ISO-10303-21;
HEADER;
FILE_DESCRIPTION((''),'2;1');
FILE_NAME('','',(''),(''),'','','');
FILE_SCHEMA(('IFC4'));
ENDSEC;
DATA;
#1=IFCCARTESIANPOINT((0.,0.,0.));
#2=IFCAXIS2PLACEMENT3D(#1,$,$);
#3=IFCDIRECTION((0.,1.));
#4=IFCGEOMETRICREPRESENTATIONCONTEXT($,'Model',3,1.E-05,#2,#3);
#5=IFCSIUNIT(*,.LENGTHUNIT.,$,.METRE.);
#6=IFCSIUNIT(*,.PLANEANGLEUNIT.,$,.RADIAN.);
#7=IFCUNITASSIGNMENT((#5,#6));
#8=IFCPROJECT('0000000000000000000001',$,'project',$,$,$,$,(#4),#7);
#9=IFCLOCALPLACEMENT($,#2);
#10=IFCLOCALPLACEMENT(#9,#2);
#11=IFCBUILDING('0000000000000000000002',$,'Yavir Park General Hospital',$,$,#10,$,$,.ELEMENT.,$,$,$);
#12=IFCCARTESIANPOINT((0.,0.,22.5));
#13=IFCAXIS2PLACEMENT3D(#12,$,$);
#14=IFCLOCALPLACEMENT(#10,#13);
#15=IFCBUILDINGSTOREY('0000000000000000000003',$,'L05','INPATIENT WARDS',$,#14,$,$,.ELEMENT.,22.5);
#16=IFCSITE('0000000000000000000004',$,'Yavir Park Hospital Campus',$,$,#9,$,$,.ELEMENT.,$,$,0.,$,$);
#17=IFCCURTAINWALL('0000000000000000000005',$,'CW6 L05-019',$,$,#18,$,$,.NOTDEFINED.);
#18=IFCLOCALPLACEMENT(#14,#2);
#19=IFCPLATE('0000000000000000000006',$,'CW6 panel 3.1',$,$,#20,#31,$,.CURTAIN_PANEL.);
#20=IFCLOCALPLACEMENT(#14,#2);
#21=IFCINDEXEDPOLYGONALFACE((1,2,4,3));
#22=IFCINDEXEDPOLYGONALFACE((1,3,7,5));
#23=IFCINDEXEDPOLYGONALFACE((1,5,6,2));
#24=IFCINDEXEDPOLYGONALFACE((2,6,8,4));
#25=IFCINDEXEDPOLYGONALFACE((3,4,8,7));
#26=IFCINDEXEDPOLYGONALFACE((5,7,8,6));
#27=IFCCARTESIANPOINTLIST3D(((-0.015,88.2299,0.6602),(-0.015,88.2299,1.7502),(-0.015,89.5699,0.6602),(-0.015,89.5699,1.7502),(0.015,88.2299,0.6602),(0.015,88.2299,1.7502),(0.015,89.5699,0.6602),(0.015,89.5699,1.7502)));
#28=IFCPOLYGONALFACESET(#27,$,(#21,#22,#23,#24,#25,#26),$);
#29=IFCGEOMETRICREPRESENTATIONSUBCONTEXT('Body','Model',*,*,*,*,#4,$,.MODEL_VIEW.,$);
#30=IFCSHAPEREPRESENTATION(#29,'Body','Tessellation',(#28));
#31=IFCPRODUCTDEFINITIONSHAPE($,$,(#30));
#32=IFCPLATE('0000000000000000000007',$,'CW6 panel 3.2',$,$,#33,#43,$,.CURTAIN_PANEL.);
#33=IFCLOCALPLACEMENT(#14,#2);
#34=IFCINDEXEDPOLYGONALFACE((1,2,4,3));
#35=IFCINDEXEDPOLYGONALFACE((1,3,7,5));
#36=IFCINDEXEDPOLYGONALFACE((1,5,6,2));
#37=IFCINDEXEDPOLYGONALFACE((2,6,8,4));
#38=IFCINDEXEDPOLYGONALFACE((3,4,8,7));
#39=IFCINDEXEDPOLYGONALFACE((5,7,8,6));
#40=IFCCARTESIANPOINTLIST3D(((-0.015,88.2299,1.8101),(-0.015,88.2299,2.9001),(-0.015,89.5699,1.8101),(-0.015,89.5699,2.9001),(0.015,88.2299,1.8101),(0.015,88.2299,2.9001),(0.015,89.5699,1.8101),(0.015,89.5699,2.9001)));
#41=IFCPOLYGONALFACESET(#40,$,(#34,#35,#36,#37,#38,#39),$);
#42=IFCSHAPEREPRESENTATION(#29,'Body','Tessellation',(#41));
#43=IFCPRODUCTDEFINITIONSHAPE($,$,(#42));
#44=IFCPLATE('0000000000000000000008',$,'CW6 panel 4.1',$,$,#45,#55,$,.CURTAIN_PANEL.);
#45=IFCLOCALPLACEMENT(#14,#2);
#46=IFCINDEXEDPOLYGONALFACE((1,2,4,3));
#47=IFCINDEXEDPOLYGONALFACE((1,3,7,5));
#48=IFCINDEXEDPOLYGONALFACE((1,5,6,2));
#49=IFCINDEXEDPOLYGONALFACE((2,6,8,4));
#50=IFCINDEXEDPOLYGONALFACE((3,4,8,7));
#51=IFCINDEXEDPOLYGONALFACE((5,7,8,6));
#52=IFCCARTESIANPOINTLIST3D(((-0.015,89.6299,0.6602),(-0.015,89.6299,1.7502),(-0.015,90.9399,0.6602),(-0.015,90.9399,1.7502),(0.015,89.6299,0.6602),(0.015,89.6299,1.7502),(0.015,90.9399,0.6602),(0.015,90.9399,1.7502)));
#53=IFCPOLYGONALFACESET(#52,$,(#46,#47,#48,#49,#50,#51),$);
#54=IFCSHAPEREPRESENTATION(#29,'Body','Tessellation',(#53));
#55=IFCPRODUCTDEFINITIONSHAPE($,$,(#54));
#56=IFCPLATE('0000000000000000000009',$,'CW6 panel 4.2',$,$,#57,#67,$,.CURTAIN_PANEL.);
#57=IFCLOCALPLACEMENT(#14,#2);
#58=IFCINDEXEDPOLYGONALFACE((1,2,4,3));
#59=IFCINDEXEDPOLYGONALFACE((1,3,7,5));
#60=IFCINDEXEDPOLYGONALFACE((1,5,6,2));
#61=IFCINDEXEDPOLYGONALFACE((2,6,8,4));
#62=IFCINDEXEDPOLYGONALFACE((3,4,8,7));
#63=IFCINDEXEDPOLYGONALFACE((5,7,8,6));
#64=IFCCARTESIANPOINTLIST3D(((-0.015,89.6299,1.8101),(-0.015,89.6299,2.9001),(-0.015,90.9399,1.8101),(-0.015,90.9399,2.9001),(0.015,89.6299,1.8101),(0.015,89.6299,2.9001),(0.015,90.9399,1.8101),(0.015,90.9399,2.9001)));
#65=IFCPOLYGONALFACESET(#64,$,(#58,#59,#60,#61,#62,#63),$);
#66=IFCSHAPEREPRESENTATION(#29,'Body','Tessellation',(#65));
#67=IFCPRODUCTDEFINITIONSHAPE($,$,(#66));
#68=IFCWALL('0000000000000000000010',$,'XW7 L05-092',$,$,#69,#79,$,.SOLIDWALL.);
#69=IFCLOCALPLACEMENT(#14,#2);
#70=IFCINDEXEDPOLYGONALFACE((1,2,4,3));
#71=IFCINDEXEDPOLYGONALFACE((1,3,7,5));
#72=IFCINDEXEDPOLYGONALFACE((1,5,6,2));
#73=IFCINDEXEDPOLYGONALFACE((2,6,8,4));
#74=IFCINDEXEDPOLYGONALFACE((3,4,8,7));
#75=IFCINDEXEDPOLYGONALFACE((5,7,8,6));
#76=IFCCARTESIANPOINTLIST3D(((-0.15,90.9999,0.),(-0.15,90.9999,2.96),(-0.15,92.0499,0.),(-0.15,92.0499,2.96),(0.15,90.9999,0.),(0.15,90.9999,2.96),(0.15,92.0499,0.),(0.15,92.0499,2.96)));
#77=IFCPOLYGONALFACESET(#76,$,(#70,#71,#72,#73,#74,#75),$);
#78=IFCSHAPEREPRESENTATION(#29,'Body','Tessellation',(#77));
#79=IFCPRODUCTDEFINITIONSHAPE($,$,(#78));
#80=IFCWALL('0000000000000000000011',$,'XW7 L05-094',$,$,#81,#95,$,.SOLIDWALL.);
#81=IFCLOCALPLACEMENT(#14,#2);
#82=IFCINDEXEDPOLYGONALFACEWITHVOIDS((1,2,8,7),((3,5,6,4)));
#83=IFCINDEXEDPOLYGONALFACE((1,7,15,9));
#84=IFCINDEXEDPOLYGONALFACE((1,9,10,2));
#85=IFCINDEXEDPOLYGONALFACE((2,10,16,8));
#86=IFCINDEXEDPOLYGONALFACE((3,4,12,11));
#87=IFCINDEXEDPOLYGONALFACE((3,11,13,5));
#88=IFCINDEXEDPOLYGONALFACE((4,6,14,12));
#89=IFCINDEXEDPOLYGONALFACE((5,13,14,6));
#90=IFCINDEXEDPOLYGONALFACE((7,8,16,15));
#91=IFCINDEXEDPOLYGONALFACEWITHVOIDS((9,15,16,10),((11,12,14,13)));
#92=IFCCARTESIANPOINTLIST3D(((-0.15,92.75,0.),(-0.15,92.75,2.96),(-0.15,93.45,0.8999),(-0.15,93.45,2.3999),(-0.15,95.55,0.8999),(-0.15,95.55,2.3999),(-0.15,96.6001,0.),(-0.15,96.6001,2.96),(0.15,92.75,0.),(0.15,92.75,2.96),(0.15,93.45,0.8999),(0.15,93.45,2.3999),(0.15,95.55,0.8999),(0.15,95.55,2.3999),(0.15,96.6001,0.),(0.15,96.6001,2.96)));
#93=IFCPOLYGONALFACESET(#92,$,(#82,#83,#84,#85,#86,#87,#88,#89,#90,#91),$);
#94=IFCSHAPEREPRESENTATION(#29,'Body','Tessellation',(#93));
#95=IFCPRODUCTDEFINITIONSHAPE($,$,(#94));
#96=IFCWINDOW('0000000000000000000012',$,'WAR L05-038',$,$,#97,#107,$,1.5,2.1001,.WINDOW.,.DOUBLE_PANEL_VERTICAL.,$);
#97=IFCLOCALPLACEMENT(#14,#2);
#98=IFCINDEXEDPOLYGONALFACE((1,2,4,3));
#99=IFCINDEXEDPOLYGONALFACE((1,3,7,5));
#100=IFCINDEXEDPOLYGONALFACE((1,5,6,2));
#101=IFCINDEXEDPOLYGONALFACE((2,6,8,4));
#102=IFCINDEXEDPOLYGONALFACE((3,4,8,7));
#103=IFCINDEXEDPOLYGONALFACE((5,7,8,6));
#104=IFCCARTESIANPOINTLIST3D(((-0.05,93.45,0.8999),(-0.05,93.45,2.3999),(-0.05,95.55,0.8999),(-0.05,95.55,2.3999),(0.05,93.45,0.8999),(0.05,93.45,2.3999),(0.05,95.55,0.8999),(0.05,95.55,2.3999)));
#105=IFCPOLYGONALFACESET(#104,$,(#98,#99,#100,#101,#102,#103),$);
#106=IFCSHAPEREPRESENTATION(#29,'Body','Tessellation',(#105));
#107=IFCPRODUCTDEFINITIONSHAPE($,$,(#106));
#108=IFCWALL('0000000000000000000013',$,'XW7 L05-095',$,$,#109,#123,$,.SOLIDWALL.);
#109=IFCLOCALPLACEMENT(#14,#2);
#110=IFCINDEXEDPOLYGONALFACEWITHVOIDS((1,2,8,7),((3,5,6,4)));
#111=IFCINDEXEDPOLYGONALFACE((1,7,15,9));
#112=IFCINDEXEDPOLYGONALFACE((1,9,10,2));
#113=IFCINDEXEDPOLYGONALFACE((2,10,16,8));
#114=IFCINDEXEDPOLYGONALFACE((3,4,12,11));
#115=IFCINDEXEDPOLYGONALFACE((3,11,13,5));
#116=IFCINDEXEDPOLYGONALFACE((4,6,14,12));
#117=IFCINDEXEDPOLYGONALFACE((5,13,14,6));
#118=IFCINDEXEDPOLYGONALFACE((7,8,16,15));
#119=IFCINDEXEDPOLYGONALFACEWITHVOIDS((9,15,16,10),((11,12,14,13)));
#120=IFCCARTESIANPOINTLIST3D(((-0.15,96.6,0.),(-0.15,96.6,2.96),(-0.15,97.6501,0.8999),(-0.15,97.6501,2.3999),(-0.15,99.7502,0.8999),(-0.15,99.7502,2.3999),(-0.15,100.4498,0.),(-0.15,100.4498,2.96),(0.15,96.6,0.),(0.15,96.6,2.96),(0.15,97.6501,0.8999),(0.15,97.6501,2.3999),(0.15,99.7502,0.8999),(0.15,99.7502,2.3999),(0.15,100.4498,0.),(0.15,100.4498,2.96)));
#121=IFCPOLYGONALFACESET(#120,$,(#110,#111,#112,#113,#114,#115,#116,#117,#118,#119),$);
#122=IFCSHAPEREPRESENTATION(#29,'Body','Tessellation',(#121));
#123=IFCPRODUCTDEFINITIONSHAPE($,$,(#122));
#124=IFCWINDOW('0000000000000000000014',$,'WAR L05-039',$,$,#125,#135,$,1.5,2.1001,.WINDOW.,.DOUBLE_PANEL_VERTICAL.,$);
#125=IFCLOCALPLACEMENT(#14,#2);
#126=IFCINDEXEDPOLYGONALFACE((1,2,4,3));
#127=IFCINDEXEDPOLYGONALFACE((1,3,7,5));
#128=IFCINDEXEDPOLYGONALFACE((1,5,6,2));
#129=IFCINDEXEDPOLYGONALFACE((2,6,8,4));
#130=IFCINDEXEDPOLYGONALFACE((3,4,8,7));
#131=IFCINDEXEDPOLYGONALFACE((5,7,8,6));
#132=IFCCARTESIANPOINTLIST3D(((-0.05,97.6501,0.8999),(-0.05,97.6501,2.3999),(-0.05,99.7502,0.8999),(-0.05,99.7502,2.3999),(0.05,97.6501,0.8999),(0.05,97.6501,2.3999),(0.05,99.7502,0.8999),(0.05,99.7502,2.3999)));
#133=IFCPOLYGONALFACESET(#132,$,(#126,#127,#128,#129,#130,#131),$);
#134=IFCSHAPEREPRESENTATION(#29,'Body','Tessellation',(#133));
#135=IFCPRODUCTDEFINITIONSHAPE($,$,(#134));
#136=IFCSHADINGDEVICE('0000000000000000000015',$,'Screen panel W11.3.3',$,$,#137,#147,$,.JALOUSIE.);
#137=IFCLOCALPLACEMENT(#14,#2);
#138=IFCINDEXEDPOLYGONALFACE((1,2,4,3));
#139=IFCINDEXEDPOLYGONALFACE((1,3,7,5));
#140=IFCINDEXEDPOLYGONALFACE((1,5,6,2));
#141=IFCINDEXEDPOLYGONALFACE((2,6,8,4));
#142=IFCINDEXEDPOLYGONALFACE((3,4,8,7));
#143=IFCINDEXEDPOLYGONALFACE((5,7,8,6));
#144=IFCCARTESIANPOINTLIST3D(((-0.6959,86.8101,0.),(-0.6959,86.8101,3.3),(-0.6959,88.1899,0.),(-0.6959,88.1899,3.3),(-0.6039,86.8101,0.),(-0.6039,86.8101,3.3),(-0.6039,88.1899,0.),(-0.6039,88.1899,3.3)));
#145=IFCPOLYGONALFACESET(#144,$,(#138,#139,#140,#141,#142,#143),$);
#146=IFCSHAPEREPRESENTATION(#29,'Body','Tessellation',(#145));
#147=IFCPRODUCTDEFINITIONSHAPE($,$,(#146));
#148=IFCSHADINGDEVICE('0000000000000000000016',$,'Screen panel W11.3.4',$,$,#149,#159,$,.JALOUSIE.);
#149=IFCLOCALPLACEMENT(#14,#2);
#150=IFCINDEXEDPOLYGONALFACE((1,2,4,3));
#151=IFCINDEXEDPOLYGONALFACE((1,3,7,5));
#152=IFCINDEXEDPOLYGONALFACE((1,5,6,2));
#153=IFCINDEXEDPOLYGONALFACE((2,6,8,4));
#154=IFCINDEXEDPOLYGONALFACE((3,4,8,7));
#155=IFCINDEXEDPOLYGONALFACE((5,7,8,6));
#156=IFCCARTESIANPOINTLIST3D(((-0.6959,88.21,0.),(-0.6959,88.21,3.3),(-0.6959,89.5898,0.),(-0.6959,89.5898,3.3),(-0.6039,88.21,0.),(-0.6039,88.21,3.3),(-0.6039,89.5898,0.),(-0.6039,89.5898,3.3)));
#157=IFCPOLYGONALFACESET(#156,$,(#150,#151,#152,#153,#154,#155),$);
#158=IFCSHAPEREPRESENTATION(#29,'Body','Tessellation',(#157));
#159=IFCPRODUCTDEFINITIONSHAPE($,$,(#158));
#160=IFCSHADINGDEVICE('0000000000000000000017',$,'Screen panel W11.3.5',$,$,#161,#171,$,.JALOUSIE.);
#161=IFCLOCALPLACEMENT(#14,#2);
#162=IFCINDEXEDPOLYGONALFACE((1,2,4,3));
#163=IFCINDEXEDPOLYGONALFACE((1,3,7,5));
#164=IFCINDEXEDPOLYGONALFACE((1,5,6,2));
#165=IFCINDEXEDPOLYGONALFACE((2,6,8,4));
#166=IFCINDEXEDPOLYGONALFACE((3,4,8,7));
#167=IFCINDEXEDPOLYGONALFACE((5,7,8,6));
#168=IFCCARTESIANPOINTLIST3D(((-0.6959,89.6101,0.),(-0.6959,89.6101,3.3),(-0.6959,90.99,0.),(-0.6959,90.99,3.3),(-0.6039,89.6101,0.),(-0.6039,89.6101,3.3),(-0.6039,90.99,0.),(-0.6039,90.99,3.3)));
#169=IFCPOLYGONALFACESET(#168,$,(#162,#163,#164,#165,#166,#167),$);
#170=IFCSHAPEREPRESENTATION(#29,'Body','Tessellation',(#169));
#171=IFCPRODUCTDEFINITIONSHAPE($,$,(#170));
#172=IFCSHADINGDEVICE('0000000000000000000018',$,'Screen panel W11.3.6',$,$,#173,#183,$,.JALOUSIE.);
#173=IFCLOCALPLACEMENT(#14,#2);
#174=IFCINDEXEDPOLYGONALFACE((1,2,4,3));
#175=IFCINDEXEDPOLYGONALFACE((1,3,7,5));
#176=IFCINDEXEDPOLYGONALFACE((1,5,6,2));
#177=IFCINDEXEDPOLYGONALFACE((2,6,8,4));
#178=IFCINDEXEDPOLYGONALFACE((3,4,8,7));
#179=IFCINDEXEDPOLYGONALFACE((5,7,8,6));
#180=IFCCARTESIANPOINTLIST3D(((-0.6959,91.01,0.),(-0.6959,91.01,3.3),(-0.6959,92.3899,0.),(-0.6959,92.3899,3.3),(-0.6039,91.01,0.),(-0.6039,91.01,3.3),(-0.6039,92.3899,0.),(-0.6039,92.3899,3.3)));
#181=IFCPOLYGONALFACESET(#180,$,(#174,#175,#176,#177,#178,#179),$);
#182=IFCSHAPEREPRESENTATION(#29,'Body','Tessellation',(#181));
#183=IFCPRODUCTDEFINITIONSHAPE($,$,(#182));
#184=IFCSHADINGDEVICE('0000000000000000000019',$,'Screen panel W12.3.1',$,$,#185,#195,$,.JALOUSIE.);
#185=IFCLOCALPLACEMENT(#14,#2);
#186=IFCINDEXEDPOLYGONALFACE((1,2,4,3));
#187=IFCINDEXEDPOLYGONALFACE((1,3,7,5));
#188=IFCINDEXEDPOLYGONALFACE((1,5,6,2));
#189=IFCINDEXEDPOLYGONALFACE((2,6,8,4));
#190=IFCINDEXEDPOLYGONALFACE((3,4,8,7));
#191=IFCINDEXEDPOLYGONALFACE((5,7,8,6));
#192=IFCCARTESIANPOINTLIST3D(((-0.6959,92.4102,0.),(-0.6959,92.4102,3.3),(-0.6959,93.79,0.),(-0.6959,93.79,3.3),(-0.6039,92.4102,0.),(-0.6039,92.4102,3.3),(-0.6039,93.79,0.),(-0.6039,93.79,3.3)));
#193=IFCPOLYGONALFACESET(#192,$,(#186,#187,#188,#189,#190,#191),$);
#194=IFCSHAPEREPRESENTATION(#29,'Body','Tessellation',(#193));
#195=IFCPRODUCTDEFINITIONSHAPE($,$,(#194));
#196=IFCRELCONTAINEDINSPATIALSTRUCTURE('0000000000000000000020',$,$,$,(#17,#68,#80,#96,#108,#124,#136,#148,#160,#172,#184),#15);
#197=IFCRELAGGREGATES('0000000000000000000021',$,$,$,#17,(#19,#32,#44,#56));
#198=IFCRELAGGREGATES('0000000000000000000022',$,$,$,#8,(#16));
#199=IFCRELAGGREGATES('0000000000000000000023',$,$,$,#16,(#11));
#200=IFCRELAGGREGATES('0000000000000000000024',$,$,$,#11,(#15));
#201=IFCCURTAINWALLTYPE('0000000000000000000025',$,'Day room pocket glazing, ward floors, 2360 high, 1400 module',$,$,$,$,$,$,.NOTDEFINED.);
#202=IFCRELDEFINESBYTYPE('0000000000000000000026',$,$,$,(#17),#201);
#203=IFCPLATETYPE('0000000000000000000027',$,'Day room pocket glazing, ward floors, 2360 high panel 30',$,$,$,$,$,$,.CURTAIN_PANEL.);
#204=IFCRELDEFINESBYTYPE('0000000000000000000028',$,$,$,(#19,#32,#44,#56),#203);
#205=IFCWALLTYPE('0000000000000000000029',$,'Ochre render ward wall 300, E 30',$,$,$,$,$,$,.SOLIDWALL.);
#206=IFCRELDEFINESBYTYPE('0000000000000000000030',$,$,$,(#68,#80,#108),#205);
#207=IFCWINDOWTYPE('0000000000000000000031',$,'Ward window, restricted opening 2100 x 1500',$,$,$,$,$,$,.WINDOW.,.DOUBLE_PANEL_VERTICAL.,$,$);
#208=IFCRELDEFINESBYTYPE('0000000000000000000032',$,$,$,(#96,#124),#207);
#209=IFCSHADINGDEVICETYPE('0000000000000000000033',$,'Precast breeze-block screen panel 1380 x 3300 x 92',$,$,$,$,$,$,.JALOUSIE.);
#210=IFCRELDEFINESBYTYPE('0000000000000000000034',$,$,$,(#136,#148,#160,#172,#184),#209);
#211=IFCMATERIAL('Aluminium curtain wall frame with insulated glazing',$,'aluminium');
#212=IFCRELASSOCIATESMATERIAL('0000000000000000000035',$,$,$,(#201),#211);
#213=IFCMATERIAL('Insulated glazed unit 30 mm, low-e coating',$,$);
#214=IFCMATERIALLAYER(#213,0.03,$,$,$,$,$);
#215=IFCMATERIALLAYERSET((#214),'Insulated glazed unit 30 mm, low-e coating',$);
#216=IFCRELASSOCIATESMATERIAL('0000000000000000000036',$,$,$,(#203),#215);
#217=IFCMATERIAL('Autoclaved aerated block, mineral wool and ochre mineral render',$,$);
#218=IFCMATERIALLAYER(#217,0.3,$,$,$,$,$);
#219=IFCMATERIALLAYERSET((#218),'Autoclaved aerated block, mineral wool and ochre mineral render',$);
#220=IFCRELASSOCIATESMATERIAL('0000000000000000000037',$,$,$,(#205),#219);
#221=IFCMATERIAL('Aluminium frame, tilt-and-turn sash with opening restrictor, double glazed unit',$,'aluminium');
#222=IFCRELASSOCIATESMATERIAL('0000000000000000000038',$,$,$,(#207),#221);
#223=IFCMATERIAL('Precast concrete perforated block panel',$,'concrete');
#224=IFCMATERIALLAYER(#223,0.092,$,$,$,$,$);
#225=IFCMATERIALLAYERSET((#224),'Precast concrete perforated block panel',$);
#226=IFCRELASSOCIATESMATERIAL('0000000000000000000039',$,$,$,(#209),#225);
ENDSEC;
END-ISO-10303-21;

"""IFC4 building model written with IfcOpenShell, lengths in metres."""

from ifc_helpers import new_model, si_unit, direction, frame, frame_2d, origin, origin_2d, place, context, subcontext, project, spatial, rectangle, extrude, material, layer, layer_set, type_object, element, fill, aggregate, save


model = new_model("IFC4")

# Units and contexts
model_context = context("Model", 3, precision=1e-05, world=origin(), true_north=direction((0.0, 1.0)))
body_context = subcontext(model_context, "Body", "Model", "MODEL_VIEW")
ifc_project = project(units=[si_unit("LENGTHUNIT", "METRE"), si_unit("PLANEANGLEUNIT", "RADIAN")], contexts=[model_context])

# Site, building, storey
site_placement = place(None, origin())
site = spatial("IfcSite", under=ifc_project, at=site_placement, Name="Yavir Park Hospital Campus", CompositionType="ELEMENT", RefElevation=0.0)
building_placement = place(site_placement, origin())
building = spatial("IfcBuilding", under=site, at=building_placement, Name="Yavir Park General Hospital", CompositionType="ELEMENT")
storey_placement = place(building_placement, frame((0.0, 0.0, 22.5)))
storey = spatial("IfcBuildingStorey", under=building, at=storey_placement, Name="L05", Description="INPATIENT WARDS", CompositionType="ELEMENT", Elevation=22.5)

# Curtain wall
ifc_material_1 = material(Name="Aluminium curtain wall frame with insulated glazing", Category="aluminium")
curtain_wall_type = type_object("IfcCurtainWallType", Name="Day room pocket glazing, ward floors, 2360 high, 1400 module", PredefinedType="NOTDEFINED", material=ifc_material_1)
curtain_wall_placement = place(storey_placement, origin())
curtain_wall = element("IfcCurtainWall", 1, at=curtain_wall_placement, inside=storey, type_object=curtain_wall_type, Name="CW6 L05-019", PredefinedType="NOTDEFINED")

# Plates
ifc_material_2 = material(Name="Insulated glazed unit 30 mm, low-e coating")
ifc_layer_1 = layer(ifc_material_2, 0.03)
ifc_layer_set_1 = layer_set([ifc_layer_1], Name="Insulated glazed unit 30 mm, low-e coating")
plate_type = type_object("IfcPlateType", Name="Day room pocket glazing, ward floors, 2360 high panel 30", PredefinedType="CURTAIN_PANEL", material=ifc_layer_set_1)
plate_1_placement = place(storey_placement, frame((0.0, 88.8999, 0.6602), z_axis=(0.0, 0.0, 1.0), x_axis=(0.0, 1.0, 0.0)))
plate_1 = element("IfcPlate", 2, at=plate_1_placement, type_object=plate_type, Name="CW6 panel 3.1", PredefinedType="CURTAIN_PANEL", context=body_context, shape_type="SweptSolid", body=[
    extrude(rectangle(XDim=1.3401, YDim=0.03, at=origin_2d()), origin(), (0.0, 0.0, 1.0), 1.0901),
])
plate_2_placement = place(storey_placement, frame((0.0, 88.8999, 1.8101), z_axis=(0.0, 0.0, 1.0), x_axis=(0.0, 1.0, 0.0)))
plate_2 = element("IfcPlate", 3, at=plate_2_placement, type_object=plate_type, Name="CW6 panel 3.2", PredefinedType="CURTAIN_PANEL", context=body_context, shape_type="SweptSolid", body=[
    extrude(rectangle(XDim=1.3401, YDim=0.03, at=origin_2d()), origin(), (0.0, 0.0, 1.0), 1.0901),
])
plate_3_placement = place(storey_placement, frame((0.0, 90.2849, 0.6602), z_axis=(0.0, 0.0, 1.0), x_axis=(0.0, 1.0, 0.0)))
plate_3 = element("IfcPlate", 4, at=plate_3_placement, type_object=plate_type, Name="CW6 panel 4.1", PredefinedType="CURTAIN_PANEL", context=body_context, shape_type="SweptSolid", body=[
    extrude(rectangle(XDim=1.3101, YDim=0.03, at=origin_2d()), origin(), (0.0, 0.0, 1.0), 1.0901),
])
plate_4_placement = place(storey_placement, frame((0.0, 90.2849, 1.8101), z_axis=(0.0, 0.0, 1.0), x_axis=(0.0, 1.0, 0.0)))
plate_4 = element("IfcPlate", 5, at=plate_4_placement, type_object=plate_type, Name="CW6 panel 4.2", PredefinedType="CURTAIN_PANEL", context=body_context, shape_type="SweptSolid", body=[
    extrude(rectangle(XDim=1.3101, YDim=0.03, at=origin_2d()), origin(), (0.0, 0.0, 1.0), 1.0901),
])
aggregate(curtain_wall, [plate_1, plate_2, plate_3, plate_4])

# Wall
ifc_material_3 = material(Name="Autoclaved aerated block, mineral wool and ochre mineral render")
ifc_layer_2 = layer(ifc_material_3, 0.3)
ifc_layer_set_2 = layer_set([ifc_layer_2], Name="Autoclaved aerated block, mineral wool and ochre mineral render")
wall_type = type_object("IfcWallType", Name="Ochre render ward wall 300, E 30", PredefinedType="SOLIDWALL", material=ifc_layer_set_2)
wall_1_placement = place(storey_placement, frame((0.0, 91.0, 0.0), z_axis=(0.0, 0.0, 1.0), x_axis=(0.0, 1.0, 0.0)))
element("IfcWall", 6, at=wall_1_placement, inside=storey, type_object=wall_type, Name="XW7 L05-092", PredefinedType="SOLIDWALL", context=body_context, shape_type="SweptSolid", body=[
    extrude(rectangle(XDim=1.05, YDim=0.3, at=frame_2d((0.5249, 0.0))), origin(), (0.0, 0.0, 1.0), 2.96),
])

# Walls, openings, windows
wall_2_placement = place(storey_placement, frame((0.0, 92.75, 0.0), z_axis=(0.0, 0.0, 1.0), x_axis=(0.0, 1.0, 0.0)))
wall_2 = element("IfcWall", 7, at=wall_2_placement, inside=storey, type_object=wall_type, Name="XW7 L05-094", PredefinedType="SOLIDWALL", context=body_context, shape_type="SweptSolid", body=[
    extrude(rectangle(XDim=3.8501, YDim=0.3, at=frame_2d((1.925, 0.0))), origin(), (0.0, 0.0, 1.0), 2.96),
])
opening_1_placement = place(wall_2_placement, frame((0.7, 0.0, 0.8999)))
opening_1 = element("IfcOpeningElement", 8, at=opening_1_placement, cuts=wall_2, PredefinedType="OPENING", context=body_context, shape_type="SweptSolid", body=[
    extrude(rectangle(XDim=2.1001, YDim=1.5, at=frame_2d((1.05, 0.75))), frame((0.0, 0.1599, 0.0), z_axis=(0.0, -1.0, 0.0), x_axis=(1.0, 0.0, 0.0)), (0.0, 0.0, 1.0), 0.3201),
])
ifc_material_4 = material(Name="Aluminium frame, tilt-and-turn sash with opening restrictor, double glazed unit", Category="aluminium")
window_type = type_object("IfcWindowType", Name="Ward window, restricted opening 2100 x 1500", PartitioningType="DOUBLE_PANEL_VERTICAL", PredefinedType="WINDOW", material=ifc_material_4)
window_1_placement = place(opening_1_placement, origin())
window_1 = element("IfcWindow", 9, at=window_1_placement, inside=storey, type_object=window_type, Name="WAR L05-038", OverallHeight=1.5, OverallWidth=2.1001, PartitioningType="DOUBLE_PANEL_VERTICAL", PredefinedType="WINDOW", context=body_context, shape_type="SweptSolid", body=[
    extrude(rectangle(XDim=2.1001, YDim=1.5, at=frame_2d((1.05, 0.75))), frame((0.0, 0.05, 0.0), z_axis=(0.0, -1.0, 0.0), x_axis=(1.0, 0.0, 0.0)), (0.0, 0.0, 1.0), 0.1001),
])
fill(opening_1, window_1)
wall_3_placement = place(storey_placement, frame((0.0, 96.6001, 0.0), z_axis=(0.0, 0.0, 1.0), x_axis=(0.0, 1.0, 0.0)))
wall_3 = element("IfcWall", 10, at=wall_3_placement, inside=storey, type_object=wall_type, Name="XW7 L05-095", PredefinedType="SOLIDWALL", context=body_context, shape_type="SweptSolid", body=[
    extrude(rectangle(XDim=3.8499, YDim=0.3, at=frame_2d((1.9248, 0.0))), origin(), (0.0, 0.0, 1.0), 2.96),
])
opening_2_placement = place(wall_3_placement, frame((1.05, 0.0, 0.8999)))
opening_2 = element("IfcOpeningElement", 11, at=opening_2_placement, cuts=wall_3, PredefinedType="OPENING", context=body_context, shape_type="SweptSolid", body=[
    extrude(rectangle(XDim=2.1001, YDim=1.5, at=frame_2d((1.05, 0.75))), frame((0.0, 0.1599, 0.0), z_axis=(0.0, -1.0, 0.0), x_axis=(1.0, 0.0, 0.0)), (0.0, 0.0, 1.0), 0.3201),
])
window_2_placement = place(opening_2_placement, origin())
window_2 = element("IfcWindow", 12, at=window_2_placement, inside=storey, type_object=window_type, Name="WAR L05-039", OverallHeight=1.5, OverallWidth=2.1001, PartitioningType="DOUBLE_PANEL_VERTICAL", PredefinedType="WINDOW", context=body_context, shape_type="SweptSolid", body=[
    extrude(rectangle(XDim=2.1001, YDim=1.5, at=frame_2d((1.05, 0.75))), frame((0.0, 0.05, 0.0), z_axis=(0.0, -1.0, 0.0), x_axis=(1.0, 0.0, 0.0)), (0.0, 0.0, 1.0), 0.1001),
])
fill(opening_2, window_2)

# Shading devices
ifc_material_5 = material(Name="Precast concrete perforated block panel", Category="concrete")
ifc_layer_3 = layer(ifc_material_5, 0.092)
ifc_layer_set_3 = layer_set([ifc_layer_3], Name="Precast concrete perforated block panel")
shading_device_type = type_object("IfcShadingDeviceType", Name="Precast breeze-block screen panel 1380 x 3300 x 92", PredefinedType="JALOUSIE", material=ifc_layer_set_3)
for number, where, z_axis, x_axis, name in (
    (13, (-0.6499, 87.5, 0.0), (0.0, 0.0, 1.0), (1.0, 0.0, 0.0), "Screen panel W11.3.3"),
    (14, (-0.6499, 88.8999, 0.0), (0.0, 0.0, 1.0), (1.0, 0.0, 0.0), "Screen panel W11.3.4"),
    (15, (-0.6499, 90.3, 0.0), (0.0, 0.0, 1.0), (1.0, 0.0, 0.0), "Screen panel W11.3.5"),
    (16, (-0.6499, 91.7, 0.0), (0.0, 0.0, 1.0), (1.0, 0.0, 0.0), "Screen panel W11.3.6"),
    (17, (-0.6499, 93.1001, 0.0), (0.0, 0.0, 1.0), (1.0, 0.0, 0.0), "Screen panel W12.3.1"),
):
    element("IfcShadingDevice", number, at=place(storey_placement, frame(where, z_axis=z_axis, x_axis=x_axis)), inside=storey, type_object=shading_device_type, Name=name, PredefinedType="JALOUSIE", context=body_context, shape_type="SweptSolid", body=[
        extrude(rectangle(XDim=0.092, YDim=1.3799, at=origin_2d()), origin(), (0.0, 0.0, 1.0), 3.3),
    ])

save(model, "model.ifc")
